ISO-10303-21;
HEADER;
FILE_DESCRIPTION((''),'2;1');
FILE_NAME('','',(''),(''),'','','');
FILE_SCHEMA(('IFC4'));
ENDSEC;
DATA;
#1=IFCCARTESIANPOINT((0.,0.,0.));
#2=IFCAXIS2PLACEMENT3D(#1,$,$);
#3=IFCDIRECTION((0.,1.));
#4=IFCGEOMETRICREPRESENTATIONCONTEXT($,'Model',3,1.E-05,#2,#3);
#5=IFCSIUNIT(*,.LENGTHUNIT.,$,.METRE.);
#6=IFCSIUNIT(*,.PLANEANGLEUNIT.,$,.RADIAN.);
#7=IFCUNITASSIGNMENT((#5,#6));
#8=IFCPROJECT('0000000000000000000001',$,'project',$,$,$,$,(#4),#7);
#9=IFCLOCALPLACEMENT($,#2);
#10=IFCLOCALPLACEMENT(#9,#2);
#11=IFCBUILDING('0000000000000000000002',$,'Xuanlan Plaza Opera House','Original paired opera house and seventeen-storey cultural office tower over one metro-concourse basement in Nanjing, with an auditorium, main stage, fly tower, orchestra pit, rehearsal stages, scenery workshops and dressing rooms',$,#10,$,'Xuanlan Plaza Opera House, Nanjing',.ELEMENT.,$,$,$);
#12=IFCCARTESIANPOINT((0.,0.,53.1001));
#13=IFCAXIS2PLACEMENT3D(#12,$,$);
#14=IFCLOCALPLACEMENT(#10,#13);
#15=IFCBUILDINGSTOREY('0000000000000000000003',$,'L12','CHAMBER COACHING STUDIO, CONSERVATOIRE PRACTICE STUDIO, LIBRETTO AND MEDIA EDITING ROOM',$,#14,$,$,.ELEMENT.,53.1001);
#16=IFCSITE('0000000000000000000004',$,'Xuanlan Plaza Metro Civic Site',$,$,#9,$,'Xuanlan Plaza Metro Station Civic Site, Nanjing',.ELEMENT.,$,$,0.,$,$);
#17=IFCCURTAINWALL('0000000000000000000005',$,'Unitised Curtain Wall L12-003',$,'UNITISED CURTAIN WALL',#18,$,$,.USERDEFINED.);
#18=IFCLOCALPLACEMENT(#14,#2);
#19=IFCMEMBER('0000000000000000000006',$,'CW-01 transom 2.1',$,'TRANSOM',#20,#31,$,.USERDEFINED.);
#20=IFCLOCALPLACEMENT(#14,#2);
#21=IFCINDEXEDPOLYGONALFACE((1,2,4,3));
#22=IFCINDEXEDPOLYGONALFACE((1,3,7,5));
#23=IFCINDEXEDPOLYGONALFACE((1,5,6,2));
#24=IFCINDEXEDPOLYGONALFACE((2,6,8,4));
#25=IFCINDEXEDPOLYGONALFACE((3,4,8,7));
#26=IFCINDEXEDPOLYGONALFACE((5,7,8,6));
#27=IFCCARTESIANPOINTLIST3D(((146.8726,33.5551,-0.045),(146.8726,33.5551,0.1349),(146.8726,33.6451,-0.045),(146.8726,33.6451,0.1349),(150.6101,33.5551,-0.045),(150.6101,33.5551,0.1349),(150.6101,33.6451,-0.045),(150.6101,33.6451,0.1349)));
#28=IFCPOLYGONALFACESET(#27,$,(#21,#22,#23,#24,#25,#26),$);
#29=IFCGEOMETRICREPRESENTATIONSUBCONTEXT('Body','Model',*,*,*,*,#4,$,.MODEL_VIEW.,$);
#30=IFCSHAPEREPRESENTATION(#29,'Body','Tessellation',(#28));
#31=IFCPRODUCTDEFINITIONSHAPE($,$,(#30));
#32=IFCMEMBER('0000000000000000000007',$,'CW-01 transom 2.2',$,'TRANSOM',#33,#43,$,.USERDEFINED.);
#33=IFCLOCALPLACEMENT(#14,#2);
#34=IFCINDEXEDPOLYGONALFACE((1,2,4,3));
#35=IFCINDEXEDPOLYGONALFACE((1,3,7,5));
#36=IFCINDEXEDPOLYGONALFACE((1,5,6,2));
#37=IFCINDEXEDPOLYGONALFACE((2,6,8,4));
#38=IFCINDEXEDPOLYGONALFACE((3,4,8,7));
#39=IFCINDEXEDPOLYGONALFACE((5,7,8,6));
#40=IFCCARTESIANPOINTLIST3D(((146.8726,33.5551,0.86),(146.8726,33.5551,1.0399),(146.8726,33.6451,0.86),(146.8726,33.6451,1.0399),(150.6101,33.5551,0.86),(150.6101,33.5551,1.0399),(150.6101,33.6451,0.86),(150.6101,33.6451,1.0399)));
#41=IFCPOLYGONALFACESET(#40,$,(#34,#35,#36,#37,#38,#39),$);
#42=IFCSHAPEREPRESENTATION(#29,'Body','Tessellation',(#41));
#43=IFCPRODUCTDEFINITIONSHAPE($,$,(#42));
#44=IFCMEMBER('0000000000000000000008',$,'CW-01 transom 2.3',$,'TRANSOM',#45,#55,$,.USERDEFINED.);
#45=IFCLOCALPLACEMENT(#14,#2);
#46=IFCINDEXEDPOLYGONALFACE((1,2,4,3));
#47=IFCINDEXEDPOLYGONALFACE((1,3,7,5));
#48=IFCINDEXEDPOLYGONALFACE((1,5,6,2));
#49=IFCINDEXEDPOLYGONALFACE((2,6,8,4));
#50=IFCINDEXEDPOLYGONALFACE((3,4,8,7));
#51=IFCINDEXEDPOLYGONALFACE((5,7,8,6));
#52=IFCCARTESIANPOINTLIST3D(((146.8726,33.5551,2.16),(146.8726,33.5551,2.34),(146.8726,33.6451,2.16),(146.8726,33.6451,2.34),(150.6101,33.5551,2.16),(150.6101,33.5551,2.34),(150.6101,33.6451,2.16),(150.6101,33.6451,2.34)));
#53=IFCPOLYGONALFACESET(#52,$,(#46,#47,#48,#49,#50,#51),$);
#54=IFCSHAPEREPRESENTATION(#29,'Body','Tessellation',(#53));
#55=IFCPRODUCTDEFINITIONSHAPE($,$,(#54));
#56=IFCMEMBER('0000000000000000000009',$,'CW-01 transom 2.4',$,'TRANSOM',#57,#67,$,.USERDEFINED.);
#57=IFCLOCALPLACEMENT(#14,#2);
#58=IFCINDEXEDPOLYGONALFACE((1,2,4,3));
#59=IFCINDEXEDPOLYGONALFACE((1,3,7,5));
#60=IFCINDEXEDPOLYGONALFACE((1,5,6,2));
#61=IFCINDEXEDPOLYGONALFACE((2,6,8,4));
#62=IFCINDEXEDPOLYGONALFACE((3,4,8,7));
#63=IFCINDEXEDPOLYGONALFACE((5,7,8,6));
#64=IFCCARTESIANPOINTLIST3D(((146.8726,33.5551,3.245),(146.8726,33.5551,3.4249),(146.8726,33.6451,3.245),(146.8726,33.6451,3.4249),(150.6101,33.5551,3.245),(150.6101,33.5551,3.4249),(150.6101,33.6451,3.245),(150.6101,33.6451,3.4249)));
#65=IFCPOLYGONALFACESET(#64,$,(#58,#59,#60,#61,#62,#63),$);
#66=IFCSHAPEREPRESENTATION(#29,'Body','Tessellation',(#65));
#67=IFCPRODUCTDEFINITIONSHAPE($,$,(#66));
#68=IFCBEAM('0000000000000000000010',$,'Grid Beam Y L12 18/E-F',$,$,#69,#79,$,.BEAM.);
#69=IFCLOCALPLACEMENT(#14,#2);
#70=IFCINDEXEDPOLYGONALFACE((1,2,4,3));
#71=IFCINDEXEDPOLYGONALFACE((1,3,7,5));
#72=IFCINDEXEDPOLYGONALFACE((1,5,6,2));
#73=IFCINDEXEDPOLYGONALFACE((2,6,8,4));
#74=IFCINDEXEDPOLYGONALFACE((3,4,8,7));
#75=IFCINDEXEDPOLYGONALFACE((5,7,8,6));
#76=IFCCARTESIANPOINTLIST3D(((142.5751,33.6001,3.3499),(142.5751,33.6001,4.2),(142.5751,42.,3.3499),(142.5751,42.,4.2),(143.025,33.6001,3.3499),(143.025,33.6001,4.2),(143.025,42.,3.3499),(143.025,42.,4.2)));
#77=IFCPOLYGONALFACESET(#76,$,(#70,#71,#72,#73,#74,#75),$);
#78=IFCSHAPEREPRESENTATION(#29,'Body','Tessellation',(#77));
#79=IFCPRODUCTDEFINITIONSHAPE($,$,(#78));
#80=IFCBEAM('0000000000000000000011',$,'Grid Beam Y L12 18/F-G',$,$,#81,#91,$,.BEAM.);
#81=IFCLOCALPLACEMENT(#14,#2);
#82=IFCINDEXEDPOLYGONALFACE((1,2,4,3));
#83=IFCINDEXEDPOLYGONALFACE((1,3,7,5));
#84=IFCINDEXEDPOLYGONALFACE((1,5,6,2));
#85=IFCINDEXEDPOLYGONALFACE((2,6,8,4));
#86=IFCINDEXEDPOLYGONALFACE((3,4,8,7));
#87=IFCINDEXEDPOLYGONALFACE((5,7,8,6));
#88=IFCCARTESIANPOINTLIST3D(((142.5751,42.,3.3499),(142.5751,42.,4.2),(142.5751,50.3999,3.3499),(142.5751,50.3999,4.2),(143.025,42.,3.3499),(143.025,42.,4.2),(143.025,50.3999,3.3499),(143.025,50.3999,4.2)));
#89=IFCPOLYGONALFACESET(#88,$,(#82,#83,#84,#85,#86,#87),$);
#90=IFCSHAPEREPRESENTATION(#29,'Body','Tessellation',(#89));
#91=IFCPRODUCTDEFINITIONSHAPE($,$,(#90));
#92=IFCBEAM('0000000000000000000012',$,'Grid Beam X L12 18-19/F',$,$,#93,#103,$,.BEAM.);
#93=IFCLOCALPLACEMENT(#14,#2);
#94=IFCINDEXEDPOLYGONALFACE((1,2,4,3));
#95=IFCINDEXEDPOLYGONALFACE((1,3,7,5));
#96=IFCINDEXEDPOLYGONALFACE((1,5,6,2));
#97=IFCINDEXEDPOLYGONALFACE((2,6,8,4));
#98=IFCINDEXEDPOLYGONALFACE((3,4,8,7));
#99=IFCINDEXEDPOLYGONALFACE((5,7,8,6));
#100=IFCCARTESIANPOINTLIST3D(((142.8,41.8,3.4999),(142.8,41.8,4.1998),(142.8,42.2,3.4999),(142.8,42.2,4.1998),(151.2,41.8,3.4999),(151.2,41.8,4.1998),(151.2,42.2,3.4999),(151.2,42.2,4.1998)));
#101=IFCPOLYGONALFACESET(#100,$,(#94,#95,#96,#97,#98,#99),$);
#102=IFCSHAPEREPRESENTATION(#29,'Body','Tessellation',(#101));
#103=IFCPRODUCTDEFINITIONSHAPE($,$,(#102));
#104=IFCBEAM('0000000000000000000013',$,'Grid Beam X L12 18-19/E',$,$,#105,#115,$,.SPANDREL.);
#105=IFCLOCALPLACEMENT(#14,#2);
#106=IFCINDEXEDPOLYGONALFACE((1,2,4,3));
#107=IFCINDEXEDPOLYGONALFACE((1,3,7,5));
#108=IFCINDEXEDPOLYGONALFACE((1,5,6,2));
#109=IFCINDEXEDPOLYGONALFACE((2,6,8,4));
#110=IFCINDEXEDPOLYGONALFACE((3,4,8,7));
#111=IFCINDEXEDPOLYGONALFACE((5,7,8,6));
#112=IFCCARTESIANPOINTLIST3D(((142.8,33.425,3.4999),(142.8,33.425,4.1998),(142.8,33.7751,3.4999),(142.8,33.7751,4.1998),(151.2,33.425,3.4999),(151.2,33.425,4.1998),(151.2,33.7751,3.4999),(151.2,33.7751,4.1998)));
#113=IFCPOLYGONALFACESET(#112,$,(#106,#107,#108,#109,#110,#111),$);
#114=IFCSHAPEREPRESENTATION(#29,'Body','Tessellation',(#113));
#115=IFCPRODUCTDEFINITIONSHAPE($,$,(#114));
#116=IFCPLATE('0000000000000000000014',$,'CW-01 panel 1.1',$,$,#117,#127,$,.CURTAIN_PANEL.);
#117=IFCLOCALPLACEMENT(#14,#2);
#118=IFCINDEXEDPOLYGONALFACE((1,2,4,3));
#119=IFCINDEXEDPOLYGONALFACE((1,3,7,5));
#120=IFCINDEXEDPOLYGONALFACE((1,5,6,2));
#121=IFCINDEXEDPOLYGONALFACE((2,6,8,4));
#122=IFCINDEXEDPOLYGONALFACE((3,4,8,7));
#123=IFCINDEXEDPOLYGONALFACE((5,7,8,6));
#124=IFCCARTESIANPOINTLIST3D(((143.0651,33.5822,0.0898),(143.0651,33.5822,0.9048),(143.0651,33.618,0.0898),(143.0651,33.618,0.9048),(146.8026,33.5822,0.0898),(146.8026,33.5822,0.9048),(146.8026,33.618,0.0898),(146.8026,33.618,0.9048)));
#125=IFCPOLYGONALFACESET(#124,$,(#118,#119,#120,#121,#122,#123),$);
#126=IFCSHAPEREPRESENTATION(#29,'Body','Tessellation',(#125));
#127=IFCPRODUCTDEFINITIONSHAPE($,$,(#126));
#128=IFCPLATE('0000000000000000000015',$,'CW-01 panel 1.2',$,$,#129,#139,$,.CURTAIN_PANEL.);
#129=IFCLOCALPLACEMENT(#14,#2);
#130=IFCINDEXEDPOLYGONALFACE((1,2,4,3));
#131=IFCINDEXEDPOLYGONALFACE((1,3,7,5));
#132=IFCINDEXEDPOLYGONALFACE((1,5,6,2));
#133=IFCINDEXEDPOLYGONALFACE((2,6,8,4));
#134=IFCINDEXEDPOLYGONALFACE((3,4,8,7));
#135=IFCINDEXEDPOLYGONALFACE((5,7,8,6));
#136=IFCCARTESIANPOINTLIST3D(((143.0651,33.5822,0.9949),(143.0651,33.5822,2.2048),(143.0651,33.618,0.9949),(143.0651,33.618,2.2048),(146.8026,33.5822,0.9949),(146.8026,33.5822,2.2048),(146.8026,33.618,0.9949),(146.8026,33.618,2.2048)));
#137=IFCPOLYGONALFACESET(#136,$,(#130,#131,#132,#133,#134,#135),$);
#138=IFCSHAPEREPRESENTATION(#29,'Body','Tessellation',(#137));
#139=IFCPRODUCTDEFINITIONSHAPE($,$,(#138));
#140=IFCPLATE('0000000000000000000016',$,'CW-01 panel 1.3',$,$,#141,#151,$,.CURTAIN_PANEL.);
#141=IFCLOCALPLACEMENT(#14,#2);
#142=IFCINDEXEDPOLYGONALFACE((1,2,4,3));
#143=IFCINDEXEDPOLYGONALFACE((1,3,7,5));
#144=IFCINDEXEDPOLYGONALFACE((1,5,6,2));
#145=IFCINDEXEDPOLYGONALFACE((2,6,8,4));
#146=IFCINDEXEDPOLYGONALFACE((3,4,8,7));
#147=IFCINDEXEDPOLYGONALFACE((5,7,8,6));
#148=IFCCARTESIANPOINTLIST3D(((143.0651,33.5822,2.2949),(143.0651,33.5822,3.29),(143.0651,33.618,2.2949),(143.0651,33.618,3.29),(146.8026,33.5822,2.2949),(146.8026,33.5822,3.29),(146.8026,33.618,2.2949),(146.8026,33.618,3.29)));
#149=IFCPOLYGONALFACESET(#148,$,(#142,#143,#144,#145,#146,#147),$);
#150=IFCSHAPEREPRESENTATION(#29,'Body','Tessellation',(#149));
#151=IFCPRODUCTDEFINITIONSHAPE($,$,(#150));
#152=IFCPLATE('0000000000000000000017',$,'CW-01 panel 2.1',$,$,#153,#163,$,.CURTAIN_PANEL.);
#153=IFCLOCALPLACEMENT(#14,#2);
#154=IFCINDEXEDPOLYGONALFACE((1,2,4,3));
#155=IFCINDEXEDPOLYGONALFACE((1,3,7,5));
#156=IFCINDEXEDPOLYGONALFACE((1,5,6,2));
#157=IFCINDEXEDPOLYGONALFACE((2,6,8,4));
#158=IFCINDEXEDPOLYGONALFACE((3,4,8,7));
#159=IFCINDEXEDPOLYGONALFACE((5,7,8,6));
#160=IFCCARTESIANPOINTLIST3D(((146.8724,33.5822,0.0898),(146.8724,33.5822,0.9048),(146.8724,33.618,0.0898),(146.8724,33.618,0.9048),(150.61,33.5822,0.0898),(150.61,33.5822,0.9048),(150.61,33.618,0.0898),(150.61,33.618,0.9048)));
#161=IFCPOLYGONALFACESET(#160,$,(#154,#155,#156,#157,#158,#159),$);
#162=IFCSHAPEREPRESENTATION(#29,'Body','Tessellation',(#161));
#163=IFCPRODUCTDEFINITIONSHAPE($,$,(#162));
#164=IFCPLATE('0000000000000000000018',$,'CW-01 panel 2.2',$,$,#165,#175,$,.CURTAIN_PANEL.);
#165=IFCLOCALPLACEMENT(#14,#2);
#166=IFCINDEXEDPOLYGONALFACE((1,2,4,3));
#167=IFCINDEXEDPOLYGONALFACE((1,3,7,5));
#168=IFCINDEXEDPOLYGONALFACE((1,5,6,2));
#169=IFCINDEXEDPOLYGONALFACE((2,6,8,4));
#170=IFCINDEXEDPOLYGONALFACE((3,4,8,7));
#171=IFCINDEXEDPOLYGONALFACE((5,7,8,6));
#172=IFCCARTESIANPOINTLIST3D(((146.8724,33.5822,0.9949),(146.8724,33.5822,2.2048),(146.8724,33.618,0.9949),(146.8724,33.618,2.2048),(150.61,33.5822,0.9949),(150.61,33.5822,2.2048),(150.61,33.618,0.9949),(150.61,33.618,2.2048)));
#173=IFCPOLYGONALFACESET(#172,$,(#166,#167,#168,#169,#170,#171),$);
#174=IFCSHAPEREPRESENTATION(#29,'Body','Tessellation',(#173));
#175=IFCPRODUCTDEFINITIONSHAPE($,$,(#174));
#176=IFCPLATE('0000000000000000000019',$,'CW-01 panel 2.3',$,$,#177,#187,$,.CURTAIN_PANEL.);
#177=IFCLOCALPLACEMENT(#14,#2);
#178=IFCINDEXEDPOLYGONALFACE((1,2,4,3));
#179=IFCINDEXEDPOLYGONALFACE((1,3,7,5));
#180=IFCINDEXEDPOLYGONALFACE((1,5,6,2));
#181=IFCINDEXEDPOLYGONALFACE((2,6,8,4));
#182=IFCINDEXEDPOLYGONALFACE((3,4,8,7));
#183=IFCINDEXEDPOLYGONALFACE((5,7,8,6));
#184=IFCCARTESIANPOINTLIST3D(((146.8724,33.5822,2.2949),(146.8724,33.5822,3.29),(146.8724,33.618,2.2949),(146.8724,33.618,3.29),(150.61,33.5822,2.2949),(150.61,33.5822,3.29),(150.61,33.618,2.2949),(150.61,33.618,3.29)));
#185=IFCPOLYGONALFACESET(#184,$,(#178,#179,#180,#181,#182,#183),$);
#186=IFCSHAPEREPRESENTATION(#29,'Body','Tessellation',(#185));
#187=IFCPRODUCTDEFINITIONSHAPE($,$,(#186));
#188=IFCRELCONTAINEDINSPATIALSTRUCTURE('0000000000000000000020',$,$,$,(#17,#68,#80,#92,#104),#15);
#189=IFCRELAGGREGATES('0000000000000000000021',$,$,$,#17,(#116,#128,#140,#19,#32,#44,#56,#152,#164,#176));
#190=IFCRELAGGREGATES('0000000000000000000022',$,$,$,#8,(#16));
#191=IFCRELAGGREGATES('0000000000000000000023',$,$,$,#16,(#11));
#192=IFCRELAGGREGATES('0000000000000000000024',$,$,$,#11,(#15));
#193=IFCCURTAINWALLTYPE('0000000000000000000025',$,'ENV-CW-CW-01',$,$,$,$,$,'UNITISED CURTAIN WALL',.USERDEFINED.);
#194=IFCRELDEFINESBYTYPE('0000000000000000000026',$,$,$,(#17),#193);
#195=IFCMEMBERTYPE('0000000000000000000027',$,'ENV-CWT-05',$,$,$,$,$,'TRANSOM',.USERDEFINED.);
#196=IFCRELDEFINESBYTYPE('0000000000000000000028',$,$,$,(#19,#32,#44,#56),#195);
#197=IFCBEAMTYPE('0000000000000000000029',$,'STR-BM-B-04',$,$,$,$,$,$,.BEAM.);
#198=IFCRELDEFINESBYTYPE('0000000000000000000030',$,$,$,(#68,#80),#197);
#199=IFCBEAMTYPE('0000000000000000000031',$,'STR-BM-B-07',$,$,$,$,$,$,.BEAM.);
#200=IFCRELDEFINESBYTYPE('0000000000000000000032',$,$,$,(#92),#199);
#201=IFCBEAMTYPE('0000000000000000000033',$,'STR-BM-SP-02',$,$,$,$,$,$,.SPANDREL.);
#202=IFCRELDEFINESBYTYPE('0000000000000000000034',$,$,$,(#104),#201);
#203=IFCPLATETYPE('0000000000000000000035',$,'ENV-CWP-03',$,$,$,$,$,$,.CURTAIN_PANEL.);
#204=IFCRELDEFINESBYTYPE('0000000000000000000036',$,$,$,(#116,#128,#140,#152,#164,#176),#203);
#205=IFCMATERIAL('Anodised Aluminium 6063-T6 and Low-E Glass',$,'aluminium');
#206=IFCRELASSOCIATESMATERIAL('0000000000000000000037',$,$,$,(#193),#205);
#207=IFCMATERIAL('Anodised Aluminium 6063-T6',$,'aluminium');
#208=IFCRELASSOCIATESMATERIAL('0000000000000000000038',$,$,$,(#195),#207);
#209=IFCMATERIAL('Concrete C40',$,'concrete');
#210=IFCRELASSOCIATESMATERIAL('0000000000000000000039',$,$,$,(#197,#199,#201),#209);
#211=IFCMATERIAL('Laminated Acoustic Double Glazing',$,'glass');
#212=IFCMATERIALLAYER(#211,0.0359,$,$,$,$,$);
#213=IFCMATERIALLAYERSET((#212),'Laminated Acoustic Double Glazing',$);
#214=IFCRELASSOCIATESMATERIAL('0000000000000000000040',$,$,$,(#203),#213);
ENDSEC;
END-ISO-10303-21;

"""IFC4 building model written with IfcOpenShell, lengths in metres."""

from ifc_helpers import new_model, si_unit, direction, frame, origin, origin_2d, place, context, subcontext, project, spatial, rectangle, extrude, material, layer, layer_set, material_profile, profile_set, type_object, element, aggregate, save


model = new_model("IFC4")

# Units and contexts
model_context = context("Model", 3, precision=1e-05, world=origin(), true_north=direction((0.0, 1.0)))
body_context = subcontext(model_context, "Body", "Model", "MODEL_VIEW")
ifc_project = project(units=[si_unit("LENGTHUNIT", "METRE"), si_unit("PLANEANGLEUNIT", "RADIAN")], contexts=[model_context])

# Site, building, storey
site_placement = place(None, origin())
site = spatial("IfcSite", under=ifc_project, at=site_placement, Name="Xuanlan Plaza Metro Civic Site", LongName="Xuanlan Plaza Metro Station Civic Site, Nanjing", CompositionType="ELEMENT", RefElevation=0.0)
building_placement = place(site_placement, origin())
building = spatial("IfcBuilding", under=site, at=building_placement, Name="Xuanlan Plaza Opera House", Description="Original paired opera house and seventeen-storey cultural office tower over one metro-concourse basement in Nanjing, with an auditorium, main stage, fly tower, orchestra pit, rehearsal stages, scenery workshops and dressing rooms", LongName="Xuanlan Plaza Opera House, Nanjing", CompositionType="ELEMENT")
storey_placement = place(building_placement, frame((0.0, 0.0, 53.1001)))
storey = spatial("IfcBuildingStorey", under=building, at=storey_placement, Name="L12", Description="CHAMBER COACHING STUDIO, CONSERVATOIRE PRACTICE STUDIO, LIBRETTO AND MEDIA EDITING ROOM", CompositionType="ELEMENT", Elevation=53.1001)

# Shared definitions
ifc_material_1 = material(Name="Anodised Aluminium 6063-T6 and Low-E Glass", Category="aluminium")
ifc_material_2 = material(Name="Anodised Aluminium 6063-T6", Category="aluminium")

# Curtain wall, members
curtain_wall_type_1 = type_object("IfcCurtainWallType", Name="ENV-CW-CW-01", ElementType="UNITISED CURTAIN WALL", PredefinedType="USERDEFINED", material=ifc_material_1)
curtain_wall_1_placement = place(storey_placement, origin())
curtain_wall_1 = element("IfcCurtainWall", 1, at=curtain_wall_1_placement, inside=storey, type_object=curtain_wall_type_1, Name="Unitised Curtain Wall L12-003", ObjectType="UNITISED CURTAIN WALL", PredefinedType="USERDEFINED")
ifc_material_profile_1 = material_profile(ifc_material_2, rectangle(XDim=0.0901, YDim=0.1799, at=origin_2d()), Name="ALU-T 90x180")
ifc_profile_set_1 = profile_set([ifc_material_profile_1], Name="Anodised Aluminium 6063-T6")
member_type_1 = type_object("IfcMemberType", Name="ENV-CWT-05", ElementType="TRANSOM", PredefinedType="USERDEFINED", material=ifc_profile_set_1)
member_1_placement = place(storey_placement, frame((146.8726, 33.6001, 0.0449), z_axis=(1.0, 0.0, 0.0), x_axis=(0.0, 1.0, 0.0)))
member_1 = element("IfcMember", 2, at=member_1_placement, type_object=member_type_1, Name="CW-01 transom 2.1", ObjectType="TRANSOM", PredefinedType="USERDEFINED", context=body_context, shape_type="SweptSolid", body=[
    extrude(rectangle(XDim=0.0901, YDim=0.1799, at=origin_2d()), origin(), (0.0, 0.0, 1.0), 3.7375),
])
member_2_placement = place(storey_placement, frame((146.8726, 33.6001, 0.95), z_axis=(1.0, 0.0, 0.0), x_axis=(0.0, 1.0, 0.0)))
member_2 = element("IfcMember", 3, at=member_2_placement, type_object=member_type_1, Name="CW-01 transom 2.2", ObjectType="TRANSOM", PredefinedType="USERDEFINED", context=body_context, shape_type="SweptSolid", body=[
    extrude(rectangle(XDim=0.0901, YDim=0.1799, at=origin_2d()), origin(), (0.0, 0.0, 1.0), 3.7375),
])
member_3_placement = place(storey_placement, frame((146.8726, 33.6001, 2.25), z_axis=(1.0, 0.0, 0.0), x_axis=(0.0, 1.0, 0.0)))
member_3 = element("IfcMember", 4, at=member_3_placement, type_object=member_type_1, Name="CW-01 transom 2.3", ObjectType="TRANSOM", PredefinedType="USERDEFINED", context=body_context, shape_type="SweptSolid", body=[
    extrude(rectangle(XDim=0.0901, YDim=0.1799, at=origin_2d()), origin(), (0.0, 0.0, 1.0), 3.7375),
])
member_4_placement = place(storey_placement, frame((146.8726, 33.6001, 3.335), z_axis=(1.0, 0.0, 0.0), x_axis=(0.0, 1.0, 0.0)))
member_4 = element("IfcMember", 5, at=member_4_placement, type_object=member_type_1, Name="CW-01 transom 2.4", ObjectType="TRANSOM", PredefinedType="USERDEFINED", context=body_context, shape_type="SweptSolid", body=[
    extrude(rectangle(XDim=0.0901, YDim=0.1799, at=origin_2d()), origin(), (0.0, 0.0, 1.0), 3.7375),
])

# Beams
ifc_material_3 = material(Name="Concrete C40", Category="concrete")
ifc_material_profile_2 = material_profile(ifc_material_3, rectangle(XDim=0.45, YDim=0.8501, at=origin_2d()), Name="RC-BM 450x850")
ifc_profile_set_2 = profile_set([ifc_material_profile_2], Name="Concrete C40")
beam_type_1 = type_object("IfcBeamType", Name="STR-BM-B-04", PredefinedType="BEAM", material=ifc_profile_set_2)
for number, where, z_axis, x_axis, name in (
    (6, (142.8, 33.6001, 3.7749), (0.0, 1.0, 0.0), (-1.0, 0.0, 0.0), "Grid Beam Y L12 18/E-F"),
    (7, (142.8, 42.0, 3.7749), (0.0, 1.0, 0.0), (-1.0, 0.0, 0.0), "Grid Beam Y L12 18/F-G"),
):
    element("IfcBeam", number, at=place(storey_placement, frame(where, z_axis=z_axis, x_axis=x_axis)), inside=storey, type_object=beam_type_1, Name=name, PredefinedType="BEAM", context=body_context, shape_type="SweptSolid", body=[
        extrude(rectangle(XDim=0.45, YDim=0.8501, at=origin_2d()), origin(), (0.0, 0.0, 1.0), 8.3999),
    ])
ifc_material_profile_3 = material_profile(ifc_material_3, rectangle(XDim=0.3999, YDim=0.7, at=origin_2d()), Name="RC-BM 400x700")
ifc_profile_set_3 = profile_set([ifc_material_profile_3], Name="Concrete C40")
beam_type_2 = type_object("IfcBeamType", Name="STR-BM-B-07", PredefinedType="BEAM", material=ifc_profile_set_3)
beam_1_placement = place(storey_placement, frame((142.8, 42.0, 3.8499), z_axis=(1.0, 0.0, 0.0), x_axis=(0.0, 1.0, 0.0)))
element("IfcBeam", 8, at=beam_1_placement, inside=storey, type_object=beam_type_2, Name="Grid Beam X L12 18-19/F", PredefinedType="BEAM", context=body_context, shape_type="SweptSolid", body=[
    extrude(rectangle(XDim=0.3999, YDim=0.7, at=origin_2d()), origin(), (0.0, 0.0, 1.0), 8.3999),
])
ifc_material_profile_4 = material_profile(ifc_material_3, rectangle(XDim=0.3501, YDim=0.7, at=origin_2d()), Name="RC-SPD 350x700")
ifc_profile_set_4 = profile_set([ifc_material_profile_4], Name="Concrete C40")
beam_type_3 = type_object("IfcBeamType", Name="STR-BM-SP-02", PredefinedType="SPANDREL", material=ifc_profile_set_4)
beam_2_placement = place(storey_placement, frame((142.8, 33.6001, 3.8499), z_axis=(1.0, 0.0, 0.0), x_axis=(0.0, 1.0, 0.0)))
element("IfcBeam", 9, at=beam_2_placement, inside=storey, type_object=beam_type_3, Name="Grid Beam X L12 18-19/E", PredefinedType="SPANDREL", context=body_context, shape_type="SweptSolid", body=[
    extrude(rectangle(XDim=0.3501, YDim=0.7, at=origin_2d()), origin(), (0.0, 0.0, 1.0), 8.3999),
])

# Plates
ifc_material_4 = material(Name="Laminated Acoustic Double Glazing", Category="glass")
ifc_layer_1 = layer(ifc_material_4, 0.0359)
ifc_layer_set_1 = layer_set([ifc_layer_1], Name="Laminated Acoustic Double Glazing")
plate_type_1 = type_object("IfcPlateType", Name="ENV-CWP-03", PredefinedType="CURTAIN_PANEL", material=ifc_layer_set_1)
plate_1_placement = place(storey_placement, frame((144.9338, 33.6001, 0.0898), z_axis=(0.0, 0.0, 1.0), x_axis=(1.0, 0.0, 0.0)))
plate_1 = element("IfcPlate", 10, at=plate_1_placement, type_object=plate_type_1, Name="CW-01 panel 1.1", PredefinedType="CURTAIN_PANEL", context=body_context, shape_type="SweptSolid", body=[
    extrude(rectangle(XDim=3.7375, YDim=0.0359, at=origin_2d()), origin(), (0.0, 0.0, 1.0), 0.8149),
])
plate_2_placement = place(storey_placement, frame((144.9338, 33.6001, 0.9949), z_axis=(0.0, 0.0, 1.0), x_axis=(1.0, 0.0, 0.0)))
plate_2 = element("IfcPlate", 11, at=plate_2_placement, type_object=plate_type_1, Name="CW-01 panel 1.2", PredefinedType="CURTAIN_PANEL", context=body_context, shape_type="SweptSolid", body=[
    extrude(rectangle(XDim=3.7375, YDim=0.0359, at=origin_2d()), origin(), (0.0, 0.0, 1.0), 1.21),
])
plate_3_placement = place(storey_placement, frame((144.9338, 33.6001, 2.2949), z_axis=(0.0, 0.0, 1.0), x_axis=(1.0, 0.0, 0.0)))
plate_3 = element("IfcPlate", 12, at=plate_3_placement, type_object=plate_type_1, Name="CW-01 panel 1.3", PredefinedType="CURTAIN_PANEL", context=body_context, shape_type="SweptSolid", body=[
    extrude(rectangle(XDim=3.7375, YDim=0.0359, at=origin_2d()), origin(), (0.0, 0.0, 1.0), 0.9951),
])
plate_4_placement = place(storey_placement, frame((148.7412, 33.6001, 0.0898), z_axis=(0.0, 0.0, 1.0), x_axis=(1.0, 0.0, 0.0)))
plate_4 = element("IfcPlate", 13, at=plate_4_placement, type_object=plate_type_1, Name="CW-01 panel 2.1", PredefinedType="CURTAIN_PANEL", context=body_context, shape_type="SweptSolid", body=[
    extrude(rectangle(XDim=3.7375, YDim=0.0359, at=origin_2d()), origin(), (0.0, 0.0, 1.0), 0.8149),
])
plate_5_placement = place(storey_placement, frame((148.7412, 33.6001, 0.9949), z_axis=(0.0, 0.0, 1.0), x_axis=(1.0, 0.0, 0.0)))
plate_5 = element("IfcPlate", 14, at=plate_5_placement, type_object=plate_type_1, Name="CW-01 panel 2.2", PredefinedType="CURTAIN_PANEL", context=body_context, shape_type="SweptSolid", body=[
    extrude(rectangle(XDim=3.7375, YDim=0.0359, at=origin_2d()), origin(), (0.0, 0.0, 1.0), 1.21),
])
plate_6_placement = place(storey_placement, frame((148.7412, 33.6001, 2.2949), z_axis=(0.0, 0.0, 1.0), x_axis=(1.0, 0.0, 0.0)))
plate_6 = element("IfcPlate", 15, at=plate_6_placement, type_object=plate_type_1, Name="CW-01 panel 2.3", PredefinedType="CURTAIN_PANEL", context=body_context, shape_type="SweptSolid", body=[
    extrude(rectangle(XDim=3.7375, YDim=0.0359, at=origin_2d()), origin(), (0.0, 0.0, 1.0), 0.9951),
])
aggregate(curtain_wall_1, [plate_1, plate_2, plate_3, member_1, member_2, member_3, member_4, plate_4, plate_5, plate_6])

save(model, "model.ifc")
